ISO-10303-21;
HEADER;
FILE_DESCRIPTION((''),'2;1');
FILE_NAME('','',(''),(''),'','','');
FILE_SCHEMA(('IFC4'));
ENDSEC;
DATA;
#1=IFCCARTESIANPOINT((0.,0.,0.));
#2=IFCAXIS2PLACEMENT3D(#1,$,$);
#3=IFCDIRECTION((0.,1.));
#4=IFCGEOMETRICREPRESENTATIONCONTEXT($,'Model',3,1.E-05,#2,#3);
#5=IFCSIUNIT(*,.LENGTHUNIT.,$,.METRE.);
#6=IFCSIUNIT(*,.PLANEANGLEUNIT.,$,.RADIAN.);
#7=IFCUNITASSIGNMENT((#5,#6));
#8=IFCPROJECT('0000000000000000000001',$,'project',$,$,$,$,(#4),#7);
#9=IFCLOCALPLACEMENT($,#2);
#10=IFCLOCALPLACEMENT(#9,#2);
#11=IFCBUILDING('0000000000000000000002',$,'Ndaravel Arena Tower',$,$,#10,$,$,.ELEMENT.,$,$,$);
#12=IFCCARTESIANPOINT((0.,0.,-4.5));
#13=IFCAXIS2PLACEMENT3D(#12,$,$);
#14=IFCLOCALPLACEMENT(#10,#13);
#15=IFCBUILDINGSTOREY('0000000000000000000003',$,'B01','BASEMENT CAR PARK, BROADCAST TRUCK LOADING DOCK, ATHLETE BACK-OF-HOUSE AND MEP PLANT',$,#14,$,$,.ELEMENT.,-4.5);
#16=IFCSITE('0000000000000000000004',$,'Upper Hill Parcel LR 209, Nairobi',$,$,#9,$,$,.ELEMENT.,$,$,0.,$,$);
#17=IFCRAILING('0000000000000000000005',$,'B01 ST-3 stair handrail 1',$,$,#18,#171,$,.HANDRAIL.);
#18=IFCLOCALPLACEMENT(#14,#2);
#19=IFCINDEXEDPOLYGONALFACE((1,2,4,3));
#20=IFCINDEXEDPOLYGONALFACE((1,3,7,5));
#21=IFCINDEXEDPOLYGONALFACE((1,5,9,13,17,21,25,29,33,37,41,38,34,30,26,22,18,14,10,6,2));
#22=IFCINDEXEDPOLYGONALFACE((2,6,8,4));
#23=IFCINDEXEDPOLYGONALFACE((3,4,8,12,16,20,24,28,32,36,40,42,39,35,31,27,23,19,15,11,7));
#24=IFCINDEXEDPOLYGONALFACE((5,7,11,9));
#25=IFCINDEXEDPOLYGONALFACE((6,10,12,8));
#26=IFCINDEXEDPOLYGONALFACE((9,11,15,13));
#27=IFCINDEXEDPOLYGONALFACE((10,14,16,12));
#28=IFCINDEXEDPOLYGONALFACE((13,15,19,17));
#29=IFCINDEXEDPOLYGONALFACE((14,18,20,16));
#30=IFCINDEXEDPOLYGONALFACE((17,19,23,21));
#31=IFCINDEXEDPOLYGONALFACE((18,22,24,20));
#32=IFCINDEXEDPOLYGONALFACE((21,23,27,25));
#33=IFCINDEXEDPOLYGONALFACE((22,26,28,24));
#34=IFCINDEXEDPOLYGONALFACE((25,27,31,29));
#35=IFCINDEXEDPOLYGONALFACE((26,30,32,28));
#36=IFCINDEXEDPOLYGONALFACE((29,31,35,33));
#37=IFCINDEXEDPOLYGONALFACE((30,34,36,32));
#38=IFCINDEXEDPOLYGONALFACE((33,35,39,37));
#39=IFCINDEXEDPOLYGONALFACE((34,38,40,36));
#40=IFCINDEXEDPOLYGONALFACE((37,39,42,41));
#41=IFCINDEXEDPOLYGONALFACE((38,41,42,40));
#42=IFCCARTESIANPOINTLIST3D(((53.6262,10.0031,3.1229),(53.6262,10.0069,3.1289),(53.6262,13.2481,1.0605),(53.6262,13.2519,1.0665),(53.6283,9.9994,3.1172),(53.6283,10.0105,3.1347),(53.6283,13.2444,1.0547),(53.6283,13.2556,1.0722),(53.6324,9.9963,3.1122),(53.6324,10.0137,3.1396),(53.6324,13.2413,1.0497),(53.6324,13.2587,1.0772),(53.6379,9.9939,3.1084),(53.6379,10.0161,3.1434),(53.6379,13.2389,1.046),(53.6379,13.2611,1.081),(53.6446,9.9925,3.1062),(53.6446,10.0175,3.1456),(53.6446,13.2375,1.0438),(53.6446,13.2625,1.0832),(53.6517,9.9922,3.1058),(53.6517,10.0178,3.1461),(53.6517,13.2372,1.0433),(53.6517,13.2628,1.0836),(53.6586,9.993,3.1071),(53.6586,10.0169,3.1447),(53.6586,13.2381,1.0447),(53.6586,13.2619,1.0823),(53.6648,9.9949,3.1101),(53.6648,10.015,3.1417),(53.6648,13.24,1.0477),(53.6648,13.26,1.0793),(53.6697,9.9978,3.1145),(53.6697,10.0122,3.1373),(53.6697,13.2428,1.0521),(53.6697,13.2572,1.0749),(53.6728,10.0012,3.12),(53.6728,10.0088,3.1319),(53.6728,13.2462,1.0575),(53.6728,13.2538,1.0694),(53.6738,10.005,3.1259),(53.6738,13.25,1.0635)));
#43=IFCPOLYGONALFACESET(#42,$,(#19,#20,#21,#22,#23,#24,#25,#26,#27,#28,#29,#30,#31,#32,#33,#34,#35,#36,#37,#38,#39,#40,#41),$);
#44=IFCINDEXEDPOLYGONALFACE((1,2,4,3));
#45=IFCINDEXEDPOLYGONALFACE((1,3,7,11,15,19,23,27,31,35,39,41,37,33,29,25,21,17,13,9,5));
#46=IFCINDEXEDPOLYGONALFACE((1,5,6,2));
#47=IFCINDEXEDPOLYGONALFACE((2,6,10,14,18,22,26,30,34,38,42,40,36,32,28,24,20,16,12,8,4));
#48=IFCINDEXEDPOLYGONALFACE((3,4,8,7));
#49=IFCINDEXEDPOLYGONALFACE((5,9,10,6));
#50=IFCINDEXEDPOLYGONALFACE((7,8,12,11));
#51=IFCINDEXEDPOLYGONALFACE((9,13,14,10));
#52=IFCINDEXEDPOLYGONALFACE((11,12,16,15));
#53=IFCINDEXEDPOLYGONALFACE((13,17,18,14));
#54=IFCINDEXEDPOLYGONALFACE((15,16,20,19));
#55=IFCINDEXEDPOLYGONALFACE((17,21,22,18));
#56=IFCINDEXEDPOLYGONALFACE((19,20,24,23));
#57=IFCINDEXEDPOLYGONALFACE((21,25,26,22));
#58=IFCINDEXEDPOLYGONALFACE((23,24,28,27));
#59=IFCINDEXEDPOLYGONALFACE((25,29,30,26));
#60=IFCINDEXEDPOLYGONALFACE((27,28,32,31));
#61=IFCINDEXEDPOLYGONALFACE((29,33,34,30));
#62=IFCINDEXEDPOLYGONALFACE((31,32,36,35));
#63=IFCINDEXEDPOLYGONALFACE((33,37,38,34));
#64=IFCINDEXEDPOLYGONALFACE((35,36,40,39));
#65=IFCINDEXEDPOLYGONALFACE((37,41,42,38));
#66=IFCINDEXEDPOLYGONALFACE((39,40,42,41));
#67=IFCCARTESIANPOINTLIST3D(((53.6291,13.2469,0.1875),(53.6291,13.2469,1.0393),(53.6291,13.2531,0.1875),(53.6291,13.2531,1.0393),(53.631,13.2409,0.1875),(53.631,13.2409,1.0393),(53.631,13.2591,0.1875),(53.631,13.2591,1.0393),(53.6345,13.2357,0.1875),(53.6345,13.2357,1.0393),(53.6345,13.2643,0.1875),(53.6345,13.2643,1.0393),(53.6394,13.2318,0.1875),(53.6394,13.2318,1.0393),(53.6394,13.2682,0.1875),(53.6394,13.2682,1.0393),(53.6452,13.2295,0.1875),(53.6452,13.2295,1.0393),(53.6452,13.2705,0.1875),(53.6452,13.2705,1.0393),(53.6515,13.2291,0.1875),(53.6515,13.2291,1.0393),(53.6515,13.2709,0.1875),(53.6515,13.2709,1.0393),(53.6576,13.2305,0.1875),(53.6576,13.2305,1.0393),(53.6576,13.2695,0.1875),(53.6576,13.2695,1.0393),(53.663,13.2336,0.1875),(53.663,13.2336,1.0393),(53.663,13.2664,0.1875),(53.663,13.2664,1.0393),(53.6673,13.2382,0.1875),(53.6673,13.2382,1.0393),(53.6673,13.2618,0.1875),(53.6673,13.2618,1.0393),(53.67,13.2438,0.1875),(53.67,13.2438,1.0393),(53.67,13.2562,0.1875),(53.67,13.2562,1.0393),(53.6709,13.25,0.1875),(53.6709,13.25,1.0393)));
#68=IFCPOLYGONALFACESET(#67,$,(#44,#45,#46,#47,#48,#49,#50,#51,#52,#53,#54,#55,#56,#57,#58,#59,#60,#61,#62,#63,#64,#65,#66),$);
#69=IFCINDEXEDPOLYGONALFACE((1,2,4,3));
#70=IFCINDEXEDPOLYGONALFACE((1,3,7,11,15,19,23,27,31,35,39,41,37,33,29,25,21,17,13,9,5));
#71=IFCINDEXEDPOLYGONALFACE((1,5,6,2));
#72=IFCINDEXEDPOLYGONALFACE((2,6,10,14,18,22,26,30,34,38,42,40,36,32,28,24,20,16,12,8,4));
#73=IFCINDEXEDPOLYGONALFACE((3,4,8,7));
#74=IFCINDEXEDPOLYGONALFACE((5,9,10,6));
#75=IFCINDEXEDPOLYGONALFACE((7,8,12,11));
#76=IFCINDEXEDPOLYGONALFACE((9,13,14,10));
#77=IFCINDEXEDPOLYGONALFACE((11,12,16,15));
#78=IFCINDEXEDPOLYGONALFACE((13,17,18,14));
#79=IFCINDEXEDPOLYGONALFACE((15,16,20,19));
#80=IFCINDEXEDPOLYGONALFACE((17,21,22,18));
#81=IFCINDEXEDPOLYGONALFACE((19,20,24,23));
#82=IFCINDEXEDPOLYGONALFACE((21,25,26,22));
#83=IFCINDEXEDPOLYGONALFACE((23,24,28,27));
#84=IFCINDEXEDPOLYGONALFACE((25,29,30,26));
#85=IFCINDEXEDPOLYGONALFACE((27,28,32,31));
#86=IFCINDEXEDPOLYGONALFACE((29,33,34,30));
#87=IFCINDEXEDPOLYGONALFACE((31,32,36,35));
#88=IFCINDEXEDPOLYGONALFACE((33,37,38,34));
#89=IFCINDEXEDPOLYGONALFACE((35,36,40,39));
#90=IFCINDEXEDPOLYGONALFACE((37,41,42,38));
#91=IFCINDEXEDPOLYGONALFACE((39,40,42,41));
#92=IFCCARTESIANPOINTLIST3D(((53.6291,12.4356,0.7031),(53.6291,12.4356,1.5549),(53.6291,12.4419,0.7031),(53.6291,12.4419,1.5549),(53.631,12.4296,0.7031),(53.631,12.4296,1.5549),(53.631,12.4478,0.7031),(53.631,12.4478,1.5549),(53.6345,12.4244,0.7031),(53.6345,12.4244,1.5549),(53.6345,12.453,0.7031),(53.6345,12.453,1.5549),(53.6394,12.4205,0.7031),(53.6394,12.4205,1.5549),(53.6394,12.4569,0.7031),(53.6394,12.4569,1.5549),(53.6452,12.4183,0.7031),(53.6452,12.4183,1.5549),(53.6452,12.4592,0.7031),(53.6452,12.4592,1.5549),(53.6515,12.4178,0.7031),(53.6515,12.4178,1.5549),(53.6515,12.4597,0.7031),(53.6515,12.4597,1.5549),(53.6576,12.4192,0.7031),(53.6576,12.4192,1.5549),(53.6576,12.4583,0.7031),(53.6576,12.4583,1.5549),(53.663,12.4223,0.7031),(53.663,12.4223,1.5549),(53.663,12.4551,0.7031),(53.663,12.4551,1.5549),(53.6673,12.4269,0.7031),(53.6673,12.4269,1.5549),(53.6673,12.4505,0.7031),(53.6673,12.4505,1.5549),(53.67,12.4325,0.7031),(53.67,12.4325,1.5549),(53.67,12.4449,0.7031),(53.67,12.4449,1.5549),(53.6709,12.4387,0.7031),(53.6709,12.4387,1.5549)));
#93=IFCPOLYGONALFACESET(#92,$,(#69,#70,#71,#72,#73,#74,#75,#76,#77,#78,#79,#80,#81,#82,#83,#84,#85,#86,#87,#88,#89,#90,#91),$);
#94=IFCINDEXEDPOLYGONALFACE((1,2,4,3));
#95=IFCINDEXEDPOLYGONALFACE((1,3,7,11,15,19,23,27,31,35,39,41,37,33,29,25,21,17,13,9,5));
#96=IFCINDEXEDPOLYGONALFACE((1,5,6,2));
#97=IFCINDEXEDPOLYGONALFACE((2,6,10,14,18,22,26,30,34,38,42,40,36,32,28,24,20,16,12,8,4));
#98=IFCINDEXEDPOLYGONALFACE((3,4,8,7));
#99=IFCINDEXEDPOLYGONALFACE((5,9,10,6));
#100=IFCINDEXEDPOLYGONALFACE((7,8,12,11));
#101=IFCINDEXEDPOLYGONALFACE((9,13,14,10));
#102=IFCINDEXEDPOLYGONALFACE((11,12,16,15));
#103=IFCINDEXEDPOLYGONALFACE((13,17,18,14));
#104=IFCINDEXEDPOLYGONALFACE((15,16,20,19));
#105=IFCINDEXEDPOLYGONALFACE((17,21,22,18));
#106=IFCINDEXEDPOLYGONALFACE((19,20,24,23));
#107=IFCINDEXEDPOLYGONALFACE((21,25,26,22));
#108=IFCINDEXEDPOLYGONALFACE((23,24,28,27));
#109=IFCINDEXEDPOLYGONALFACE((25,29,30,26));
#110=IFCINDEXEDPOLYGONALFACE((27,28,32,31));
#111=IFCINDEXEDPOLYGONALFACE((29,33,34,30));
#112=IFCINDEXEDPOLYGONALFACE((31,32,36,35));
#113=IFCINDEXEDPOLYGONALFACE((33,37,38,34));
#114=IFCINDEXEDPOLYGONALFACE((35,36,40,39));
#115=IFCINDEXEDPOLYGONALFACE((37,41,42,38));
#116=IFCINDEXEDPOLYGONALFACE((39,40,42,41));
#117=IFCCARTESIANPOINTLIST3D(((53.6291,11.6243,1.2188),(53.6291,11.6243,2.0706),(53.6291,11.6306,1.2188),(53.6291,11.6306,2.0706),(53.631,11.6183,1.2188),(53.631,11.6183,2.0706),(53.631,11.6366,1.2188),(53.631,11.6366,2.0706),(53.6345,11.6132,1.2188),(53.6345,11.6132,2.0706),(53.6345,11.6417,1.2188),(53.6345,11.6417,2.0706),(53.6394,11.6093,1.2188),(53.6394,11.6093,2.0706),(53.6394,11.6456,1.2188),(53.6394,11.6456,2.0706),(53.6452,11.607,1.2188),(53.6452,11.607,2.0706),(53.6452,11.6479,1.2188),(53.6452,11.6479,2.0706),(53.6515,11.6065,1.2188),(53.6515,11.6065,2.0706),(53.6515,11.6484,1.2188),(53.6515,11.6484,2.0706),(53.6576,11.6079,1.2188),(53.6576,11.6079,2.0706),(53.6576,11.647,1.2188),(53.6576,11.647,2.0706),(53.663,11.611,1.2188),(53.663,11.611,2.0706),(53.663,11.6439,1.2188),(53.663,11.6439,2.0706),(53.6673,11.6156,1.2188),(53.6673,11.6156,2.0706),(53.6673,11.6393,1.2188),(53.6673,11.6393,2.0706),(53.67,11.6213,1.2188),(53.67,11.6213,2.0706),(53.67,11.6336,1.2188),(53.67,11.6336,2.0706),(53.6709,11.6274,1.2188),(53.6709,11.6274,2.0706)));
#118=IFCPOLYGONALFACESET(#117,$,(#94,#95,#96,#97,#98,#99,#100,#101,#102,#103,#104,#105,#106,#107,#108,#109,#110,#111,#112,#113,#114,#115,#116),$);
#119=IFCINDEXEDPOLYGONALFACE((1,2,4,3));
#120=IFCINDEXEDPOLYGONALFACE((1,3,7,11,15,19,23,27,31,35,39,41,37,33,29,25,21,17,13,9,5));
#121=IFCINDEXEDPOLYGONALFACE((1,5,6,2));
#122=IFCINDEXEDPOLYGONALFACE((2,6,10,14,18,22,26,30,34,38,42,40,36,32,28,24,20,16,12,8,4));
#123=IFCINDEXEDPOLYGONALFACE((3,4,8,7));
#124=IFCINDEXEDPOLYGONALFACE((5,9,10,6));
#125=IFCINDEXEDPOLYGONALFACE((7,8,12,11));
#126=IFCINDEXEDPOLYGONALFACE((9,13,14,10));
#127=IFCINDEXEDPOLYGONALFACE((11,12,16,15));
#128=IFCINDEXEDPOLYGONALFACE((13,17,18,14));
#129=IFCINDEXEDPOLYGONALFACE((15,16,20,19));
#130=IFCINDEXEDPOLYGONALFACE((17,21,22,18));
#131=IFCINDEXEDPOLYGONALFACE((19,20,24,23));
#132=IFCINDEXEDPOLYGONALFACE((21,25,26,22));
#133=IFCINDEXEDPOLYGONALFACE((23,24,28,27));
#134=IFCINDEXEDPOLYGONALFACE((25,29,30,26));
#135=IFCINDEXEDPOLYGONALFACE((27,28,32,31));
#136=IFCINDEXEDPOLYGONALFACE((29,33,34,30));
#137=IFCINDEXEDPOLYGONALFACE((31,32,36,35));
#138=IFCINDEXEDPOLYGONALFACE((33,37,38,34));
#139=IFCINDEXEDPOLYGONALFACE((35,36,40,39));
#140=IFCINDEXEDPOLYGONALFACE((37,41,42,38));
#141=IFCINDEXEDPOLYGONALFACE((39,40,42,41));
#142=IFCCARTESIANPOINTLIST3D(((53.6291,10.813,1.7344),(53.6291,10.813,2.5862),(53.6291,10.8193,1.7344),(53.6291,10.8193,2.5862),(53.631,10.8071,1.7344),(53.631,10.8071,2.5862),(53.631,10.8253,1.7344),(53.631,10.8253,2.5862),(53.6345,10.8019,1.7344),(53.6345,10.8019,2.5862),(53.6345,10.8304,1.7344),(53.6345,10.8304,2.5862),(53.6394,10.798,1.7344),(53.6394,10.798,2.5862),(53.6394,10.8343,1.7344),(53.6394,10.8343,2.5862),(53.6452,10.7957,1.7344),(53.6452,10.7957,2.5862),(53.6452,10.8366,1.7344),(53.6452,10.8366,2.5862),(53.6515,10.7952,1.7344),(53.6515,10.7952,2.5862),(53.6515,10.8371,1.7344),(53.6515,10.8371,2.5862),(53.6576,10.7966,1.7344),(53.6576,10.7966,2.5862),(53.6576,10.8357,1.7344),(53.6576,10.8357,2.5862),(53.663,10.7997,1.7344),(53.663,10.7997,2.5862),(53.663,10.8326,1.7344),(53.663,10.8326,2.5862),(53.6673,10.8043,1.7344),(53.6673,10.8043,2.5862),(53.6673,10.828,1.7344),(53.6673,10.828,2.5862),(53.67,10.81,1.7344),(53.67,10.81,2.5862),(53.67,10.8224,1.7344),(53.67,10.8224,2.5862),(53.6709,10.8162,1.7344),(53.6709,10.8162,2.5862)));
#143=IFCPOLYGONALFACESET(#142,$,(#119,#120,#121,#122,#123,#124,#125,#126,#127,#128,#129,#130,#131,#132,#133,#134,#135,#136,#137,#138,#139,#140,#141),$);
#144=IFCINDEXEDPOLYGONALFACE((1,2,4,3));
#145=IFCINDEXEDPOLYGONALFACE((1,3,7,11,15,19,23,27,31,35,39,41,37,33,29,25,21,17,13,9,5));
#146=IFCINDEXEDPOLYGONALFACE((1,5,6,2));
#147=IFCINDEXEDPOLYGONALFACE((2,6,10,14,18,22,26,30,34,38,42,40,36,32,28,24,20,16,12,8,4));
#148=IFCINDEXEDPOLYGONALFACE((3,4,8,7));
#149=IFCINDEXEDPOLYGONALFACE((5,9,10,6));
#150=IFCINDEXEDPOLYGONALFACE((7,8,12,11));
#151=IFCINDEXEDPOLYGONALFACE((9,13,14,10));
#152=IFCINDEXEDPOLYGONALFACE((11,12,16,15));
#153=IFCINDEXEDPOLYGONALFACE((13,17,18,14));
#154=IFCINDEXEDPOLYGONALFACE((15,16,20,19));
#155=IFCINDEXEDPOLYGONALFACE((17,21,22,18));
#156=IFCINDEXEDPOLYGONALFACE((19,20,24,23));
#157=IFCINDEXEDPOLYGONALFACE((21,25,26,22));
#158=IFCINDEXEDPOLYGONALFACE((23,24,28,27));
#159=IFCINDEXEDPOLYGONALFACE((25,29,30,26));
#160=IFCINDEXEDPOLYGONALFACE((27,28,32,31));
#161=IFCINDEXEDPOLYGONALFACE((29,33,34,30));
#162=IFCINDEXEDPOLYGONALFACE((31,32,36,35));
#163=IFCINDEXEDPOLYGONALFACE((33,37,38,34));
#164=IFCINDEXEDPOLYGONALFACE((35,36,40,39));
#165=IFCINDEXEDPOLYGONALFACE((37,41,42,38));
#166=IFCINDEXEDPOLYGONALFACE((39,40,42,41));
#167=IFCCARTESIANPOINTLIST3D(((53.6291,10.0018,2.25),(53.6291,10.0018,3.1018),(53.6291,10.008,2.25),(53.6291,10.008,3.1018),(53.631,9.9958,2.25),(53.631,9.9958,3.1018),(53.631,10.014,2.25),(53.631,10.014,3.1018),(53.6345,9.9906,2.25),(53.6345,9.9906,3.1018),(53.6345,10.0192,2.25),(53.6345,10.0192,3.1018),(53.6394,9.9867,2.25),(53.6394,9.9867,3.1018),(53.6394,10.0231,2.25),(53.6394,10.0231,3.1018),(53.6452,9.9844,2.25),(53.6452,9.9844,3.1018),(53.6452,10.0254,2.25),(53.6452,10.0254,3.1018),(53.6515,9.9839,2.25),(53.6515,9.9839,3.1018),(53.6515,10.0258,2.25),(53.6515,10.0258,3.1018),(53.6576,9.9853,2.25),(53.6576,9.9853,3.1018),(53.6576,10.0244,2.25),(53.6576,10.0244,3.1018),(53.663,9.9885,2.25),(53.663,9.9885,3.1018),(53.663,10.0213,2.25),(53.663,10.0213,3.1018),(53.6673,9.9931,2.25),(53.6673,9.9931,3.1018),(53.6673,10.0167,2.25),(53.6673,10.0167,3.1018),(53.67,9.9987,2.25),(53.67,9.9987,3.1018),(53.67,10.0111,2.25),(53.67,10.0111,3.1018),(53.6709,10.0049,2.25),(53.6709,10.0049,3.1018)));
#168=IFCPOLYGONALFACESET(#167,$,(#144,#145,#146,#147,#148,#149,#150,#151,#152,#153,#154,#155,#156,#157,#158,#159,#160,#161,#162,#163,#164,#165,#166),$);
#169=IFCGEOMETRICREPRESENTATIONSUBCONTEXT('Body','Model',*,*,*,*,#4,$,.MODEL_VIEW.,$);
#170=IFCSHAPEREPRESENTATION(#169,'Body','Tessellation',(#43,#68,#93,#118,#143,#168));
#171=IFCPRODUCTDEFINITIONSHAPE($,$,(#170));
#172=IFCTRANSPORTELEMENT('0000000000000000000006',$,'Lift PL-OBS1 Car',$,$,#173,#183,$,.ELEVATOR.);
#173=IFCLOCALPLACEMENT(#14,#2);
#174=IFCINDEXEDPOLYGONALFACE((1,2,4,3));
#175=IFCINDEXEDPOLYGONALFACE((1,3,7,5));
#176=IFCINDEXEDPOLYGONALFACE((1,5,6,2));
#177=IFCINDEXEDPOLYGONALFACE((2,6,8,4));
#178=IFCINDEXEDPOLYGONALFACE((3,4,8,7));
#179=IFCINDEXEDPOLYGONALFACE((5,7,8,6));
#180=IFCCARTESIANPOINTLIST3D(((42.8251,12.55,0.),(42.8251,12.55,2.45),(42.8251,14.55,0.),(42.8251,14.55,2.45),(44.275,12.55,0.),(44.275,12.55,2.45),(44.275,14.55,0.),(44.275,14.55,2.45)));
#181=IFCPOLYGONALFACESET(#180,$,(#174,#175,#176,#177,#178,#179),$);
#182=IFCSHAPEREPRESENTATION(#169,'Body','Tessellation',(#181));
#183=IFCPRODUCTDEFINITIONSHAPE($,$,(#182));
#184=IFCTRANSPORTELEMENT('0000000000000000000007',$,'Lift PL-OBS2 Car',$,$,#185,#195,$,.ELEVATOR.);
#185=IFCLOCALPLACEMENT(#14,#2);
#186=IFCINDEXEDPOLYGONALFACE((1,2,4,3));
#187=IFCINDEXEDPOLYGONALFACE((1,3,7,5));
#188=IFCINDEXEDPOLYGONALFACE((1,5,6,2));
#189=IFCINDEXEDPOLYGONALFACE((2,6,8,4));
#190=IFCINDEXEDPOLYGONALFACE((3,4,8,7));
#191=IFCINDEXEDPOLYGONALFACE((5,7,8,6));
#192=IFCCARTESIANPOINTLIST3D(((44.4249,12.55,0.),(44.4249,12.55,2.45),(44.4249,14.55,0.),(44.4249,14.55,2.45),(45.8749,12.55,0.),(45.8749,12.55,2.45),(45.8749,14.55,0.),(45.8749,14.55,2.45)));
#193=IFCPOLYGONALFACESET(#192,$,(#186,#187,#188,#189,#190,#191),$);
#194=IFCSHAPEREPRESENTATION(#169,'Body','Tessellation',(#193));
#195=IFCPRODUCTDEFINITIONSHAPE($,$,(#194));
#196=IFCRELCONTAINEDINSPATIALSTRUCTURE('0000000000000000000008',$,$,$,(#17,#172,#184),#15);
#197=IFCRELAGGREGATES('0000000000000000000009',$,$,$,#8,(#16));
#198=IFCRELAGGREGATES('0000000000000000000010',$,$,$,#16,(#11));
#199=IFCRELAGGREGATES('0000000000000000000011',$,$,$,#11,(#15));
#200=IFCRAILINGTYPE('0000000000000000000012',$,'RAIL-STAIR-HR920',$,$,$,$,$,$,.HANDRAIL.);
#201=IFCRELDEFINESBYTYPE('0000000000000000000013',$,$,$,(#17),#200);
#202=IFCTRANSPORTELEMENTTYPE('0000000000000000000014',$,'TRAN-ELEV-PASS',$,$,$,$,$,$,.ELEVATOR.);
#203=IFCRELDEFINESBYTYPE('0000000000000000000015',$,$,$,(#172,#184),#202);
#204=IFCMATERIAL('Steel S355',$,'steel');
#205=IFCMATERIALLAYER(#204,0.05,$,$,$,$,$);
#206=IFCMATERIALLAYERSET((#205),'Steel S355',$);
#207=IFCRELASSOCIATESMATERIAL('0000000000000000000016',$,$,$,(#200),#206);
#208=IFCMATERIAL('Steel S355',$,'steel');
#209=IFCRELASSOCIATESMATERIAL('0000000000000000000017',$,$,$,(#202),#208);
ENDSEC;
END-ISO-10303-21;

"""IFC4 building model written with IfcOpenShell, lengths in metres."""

from ifc_helpers import new_model, si_unit, direction, frame, origin, origin_2d, place, context, subcontext, project, spatial, rectangle, circle, extrude, material, layer, layer_set, type_object, element, save


model = new_model("IFC4")

# Units and contexts
model_context = context("Model", 3, precision=1e-05, world=origin(), true_north=direction((0.0, 1.0)))
body_context = subcontext(model_context, "Body", "Model", "MODEL_VIEW")
ifc_project = project(units=[si_unit("LENGTHUNIT", "METRE"), si_unit("PLANEANGLEUNIT", "RADIAN")], contexts=[model_context])

# Site, building, storey
site_placement = place(None, origin())
site = spatial("IfcSite", under=ifc_project, at=site_placement, Name="Upper Hill Parcel LR 209, Nairobi", CompositionType="ELEMENT", RefElevation=0.0)
building_placement = place(site_placement, origin())
building = spatial("IfcBuilding", under=site, at=building_placement, Name="Ndaravel Arena Tower", CompositionType="ELEMENT")
storey_placement = place(building_placement, frame((0.0, 0.0, -4.5)))
storey = spatial("IfcBuildingStorey", under=building, at=storey_placement, Name="B01", Description="BASEMENT CAR PARK, BROADCAST TRUCK LOADING DOCK, ATHLETE BACK-OF-HOUSE AND MEP PLANT", CompositionType="ELEMENT", Elevation=-4.5)

# Railing
ifc_material_1 = material(Name="Steel S355", Category="steel")
ifc_layer_1 = layer(ifc_material_1, 0.05)
ifc_layer_set_1 = layer_set([ifc_layer_1], Name="Steel S355")
railing_type_1 = type_object("IfcRailingType", Name="RAIL-STAIR-HR920", PredefinedType="HANDRAIL", material=ifc_layer_set_1)
railing_1_placement = place(storey_placement, frame((53.6499, 13.25, 0.1875)))
element("IfcRailing", 1, at=railing_1_placement, inside=storey, type_object=railing_type_1, Name="B01 ST-3 stair handrail 1", PredefinedType="HANDRAIL", context=body_context, shape_type="SweptSolid", body=[
    extrude(circle(Radius=0.0239, at=origin_2d()), frame((0.0, 0.0, 0.876), z_axis=(0.0, -0.843965, 0.536399), x_axis=(1.0, 0.0, 0.0)), (0.0, 0.0, 1.0), 3.845),
    extrude(circle(Radius=0.021, at=origin_2d()), origin(), (0.0, 0.0, 1.0), 0.8518),
    extrude(circle(Radius=0.021, at=origin_2d()), frame((0.0, -0.8113, 0.5156)), (0.0, 0.0, 1.0), 0.8518),
    extrude(circle(Radius=0.021, at=origin_2d()), frame((0.0, -1.6226, 1.0312)), (0.0, 0.0, 1.0), 0.8518),
    extrude(circle(Radius=0.021, at=origin_2d()), frame((0.0, -2.4338, 1.5469)), (0.0, 0.0, 1.0), 0.8518),
    extrude(circle(Radius=0.021, at=origin_2d()), frame((0.0, -3.2451, 2.0625)), (0.0, 0.0, 1.0), 0.8518),
])

# Transport elements
ifc_material_2 = material(Name="Steel S355", Category="steel")
transport_element_type = type_object("IfcTransportElementType", Name="TRAN-ELEV-PASS", PredefinedType="ELEVATOR", material=ifc_material_2)
for number, where, z_axis, x_axis, name in (
    (2, (43.55, 13.55, 0.0), (0.0, 0.0, 1.0), (1.0, 0.0, 0.0), "Lift PL-OBS1 Car"),
    (3, (45.1499, 13.55, 0.0), (0.0, 0.0, 1.0), (1.0, 0.0, 0.0), "Lift PL-OBS2 Car"),
):
    element("IfcTransportElement", number, at=place(storey_placement, frame(where, z_axis=z_axis, x_axis=x_axis)), inside=storey, type_object=transport_element_type, Name=name, PredefinedType="ELEVATOR", context=body_context, shape_type="SweptSolid", body=[
        extrude(rectangle(XDim=1.45, YDim=2.0, at=origin_2d()), origin(), (0.0, 0.0, 1.0), 2.45),
    ])

save(model, "model.ifc")
